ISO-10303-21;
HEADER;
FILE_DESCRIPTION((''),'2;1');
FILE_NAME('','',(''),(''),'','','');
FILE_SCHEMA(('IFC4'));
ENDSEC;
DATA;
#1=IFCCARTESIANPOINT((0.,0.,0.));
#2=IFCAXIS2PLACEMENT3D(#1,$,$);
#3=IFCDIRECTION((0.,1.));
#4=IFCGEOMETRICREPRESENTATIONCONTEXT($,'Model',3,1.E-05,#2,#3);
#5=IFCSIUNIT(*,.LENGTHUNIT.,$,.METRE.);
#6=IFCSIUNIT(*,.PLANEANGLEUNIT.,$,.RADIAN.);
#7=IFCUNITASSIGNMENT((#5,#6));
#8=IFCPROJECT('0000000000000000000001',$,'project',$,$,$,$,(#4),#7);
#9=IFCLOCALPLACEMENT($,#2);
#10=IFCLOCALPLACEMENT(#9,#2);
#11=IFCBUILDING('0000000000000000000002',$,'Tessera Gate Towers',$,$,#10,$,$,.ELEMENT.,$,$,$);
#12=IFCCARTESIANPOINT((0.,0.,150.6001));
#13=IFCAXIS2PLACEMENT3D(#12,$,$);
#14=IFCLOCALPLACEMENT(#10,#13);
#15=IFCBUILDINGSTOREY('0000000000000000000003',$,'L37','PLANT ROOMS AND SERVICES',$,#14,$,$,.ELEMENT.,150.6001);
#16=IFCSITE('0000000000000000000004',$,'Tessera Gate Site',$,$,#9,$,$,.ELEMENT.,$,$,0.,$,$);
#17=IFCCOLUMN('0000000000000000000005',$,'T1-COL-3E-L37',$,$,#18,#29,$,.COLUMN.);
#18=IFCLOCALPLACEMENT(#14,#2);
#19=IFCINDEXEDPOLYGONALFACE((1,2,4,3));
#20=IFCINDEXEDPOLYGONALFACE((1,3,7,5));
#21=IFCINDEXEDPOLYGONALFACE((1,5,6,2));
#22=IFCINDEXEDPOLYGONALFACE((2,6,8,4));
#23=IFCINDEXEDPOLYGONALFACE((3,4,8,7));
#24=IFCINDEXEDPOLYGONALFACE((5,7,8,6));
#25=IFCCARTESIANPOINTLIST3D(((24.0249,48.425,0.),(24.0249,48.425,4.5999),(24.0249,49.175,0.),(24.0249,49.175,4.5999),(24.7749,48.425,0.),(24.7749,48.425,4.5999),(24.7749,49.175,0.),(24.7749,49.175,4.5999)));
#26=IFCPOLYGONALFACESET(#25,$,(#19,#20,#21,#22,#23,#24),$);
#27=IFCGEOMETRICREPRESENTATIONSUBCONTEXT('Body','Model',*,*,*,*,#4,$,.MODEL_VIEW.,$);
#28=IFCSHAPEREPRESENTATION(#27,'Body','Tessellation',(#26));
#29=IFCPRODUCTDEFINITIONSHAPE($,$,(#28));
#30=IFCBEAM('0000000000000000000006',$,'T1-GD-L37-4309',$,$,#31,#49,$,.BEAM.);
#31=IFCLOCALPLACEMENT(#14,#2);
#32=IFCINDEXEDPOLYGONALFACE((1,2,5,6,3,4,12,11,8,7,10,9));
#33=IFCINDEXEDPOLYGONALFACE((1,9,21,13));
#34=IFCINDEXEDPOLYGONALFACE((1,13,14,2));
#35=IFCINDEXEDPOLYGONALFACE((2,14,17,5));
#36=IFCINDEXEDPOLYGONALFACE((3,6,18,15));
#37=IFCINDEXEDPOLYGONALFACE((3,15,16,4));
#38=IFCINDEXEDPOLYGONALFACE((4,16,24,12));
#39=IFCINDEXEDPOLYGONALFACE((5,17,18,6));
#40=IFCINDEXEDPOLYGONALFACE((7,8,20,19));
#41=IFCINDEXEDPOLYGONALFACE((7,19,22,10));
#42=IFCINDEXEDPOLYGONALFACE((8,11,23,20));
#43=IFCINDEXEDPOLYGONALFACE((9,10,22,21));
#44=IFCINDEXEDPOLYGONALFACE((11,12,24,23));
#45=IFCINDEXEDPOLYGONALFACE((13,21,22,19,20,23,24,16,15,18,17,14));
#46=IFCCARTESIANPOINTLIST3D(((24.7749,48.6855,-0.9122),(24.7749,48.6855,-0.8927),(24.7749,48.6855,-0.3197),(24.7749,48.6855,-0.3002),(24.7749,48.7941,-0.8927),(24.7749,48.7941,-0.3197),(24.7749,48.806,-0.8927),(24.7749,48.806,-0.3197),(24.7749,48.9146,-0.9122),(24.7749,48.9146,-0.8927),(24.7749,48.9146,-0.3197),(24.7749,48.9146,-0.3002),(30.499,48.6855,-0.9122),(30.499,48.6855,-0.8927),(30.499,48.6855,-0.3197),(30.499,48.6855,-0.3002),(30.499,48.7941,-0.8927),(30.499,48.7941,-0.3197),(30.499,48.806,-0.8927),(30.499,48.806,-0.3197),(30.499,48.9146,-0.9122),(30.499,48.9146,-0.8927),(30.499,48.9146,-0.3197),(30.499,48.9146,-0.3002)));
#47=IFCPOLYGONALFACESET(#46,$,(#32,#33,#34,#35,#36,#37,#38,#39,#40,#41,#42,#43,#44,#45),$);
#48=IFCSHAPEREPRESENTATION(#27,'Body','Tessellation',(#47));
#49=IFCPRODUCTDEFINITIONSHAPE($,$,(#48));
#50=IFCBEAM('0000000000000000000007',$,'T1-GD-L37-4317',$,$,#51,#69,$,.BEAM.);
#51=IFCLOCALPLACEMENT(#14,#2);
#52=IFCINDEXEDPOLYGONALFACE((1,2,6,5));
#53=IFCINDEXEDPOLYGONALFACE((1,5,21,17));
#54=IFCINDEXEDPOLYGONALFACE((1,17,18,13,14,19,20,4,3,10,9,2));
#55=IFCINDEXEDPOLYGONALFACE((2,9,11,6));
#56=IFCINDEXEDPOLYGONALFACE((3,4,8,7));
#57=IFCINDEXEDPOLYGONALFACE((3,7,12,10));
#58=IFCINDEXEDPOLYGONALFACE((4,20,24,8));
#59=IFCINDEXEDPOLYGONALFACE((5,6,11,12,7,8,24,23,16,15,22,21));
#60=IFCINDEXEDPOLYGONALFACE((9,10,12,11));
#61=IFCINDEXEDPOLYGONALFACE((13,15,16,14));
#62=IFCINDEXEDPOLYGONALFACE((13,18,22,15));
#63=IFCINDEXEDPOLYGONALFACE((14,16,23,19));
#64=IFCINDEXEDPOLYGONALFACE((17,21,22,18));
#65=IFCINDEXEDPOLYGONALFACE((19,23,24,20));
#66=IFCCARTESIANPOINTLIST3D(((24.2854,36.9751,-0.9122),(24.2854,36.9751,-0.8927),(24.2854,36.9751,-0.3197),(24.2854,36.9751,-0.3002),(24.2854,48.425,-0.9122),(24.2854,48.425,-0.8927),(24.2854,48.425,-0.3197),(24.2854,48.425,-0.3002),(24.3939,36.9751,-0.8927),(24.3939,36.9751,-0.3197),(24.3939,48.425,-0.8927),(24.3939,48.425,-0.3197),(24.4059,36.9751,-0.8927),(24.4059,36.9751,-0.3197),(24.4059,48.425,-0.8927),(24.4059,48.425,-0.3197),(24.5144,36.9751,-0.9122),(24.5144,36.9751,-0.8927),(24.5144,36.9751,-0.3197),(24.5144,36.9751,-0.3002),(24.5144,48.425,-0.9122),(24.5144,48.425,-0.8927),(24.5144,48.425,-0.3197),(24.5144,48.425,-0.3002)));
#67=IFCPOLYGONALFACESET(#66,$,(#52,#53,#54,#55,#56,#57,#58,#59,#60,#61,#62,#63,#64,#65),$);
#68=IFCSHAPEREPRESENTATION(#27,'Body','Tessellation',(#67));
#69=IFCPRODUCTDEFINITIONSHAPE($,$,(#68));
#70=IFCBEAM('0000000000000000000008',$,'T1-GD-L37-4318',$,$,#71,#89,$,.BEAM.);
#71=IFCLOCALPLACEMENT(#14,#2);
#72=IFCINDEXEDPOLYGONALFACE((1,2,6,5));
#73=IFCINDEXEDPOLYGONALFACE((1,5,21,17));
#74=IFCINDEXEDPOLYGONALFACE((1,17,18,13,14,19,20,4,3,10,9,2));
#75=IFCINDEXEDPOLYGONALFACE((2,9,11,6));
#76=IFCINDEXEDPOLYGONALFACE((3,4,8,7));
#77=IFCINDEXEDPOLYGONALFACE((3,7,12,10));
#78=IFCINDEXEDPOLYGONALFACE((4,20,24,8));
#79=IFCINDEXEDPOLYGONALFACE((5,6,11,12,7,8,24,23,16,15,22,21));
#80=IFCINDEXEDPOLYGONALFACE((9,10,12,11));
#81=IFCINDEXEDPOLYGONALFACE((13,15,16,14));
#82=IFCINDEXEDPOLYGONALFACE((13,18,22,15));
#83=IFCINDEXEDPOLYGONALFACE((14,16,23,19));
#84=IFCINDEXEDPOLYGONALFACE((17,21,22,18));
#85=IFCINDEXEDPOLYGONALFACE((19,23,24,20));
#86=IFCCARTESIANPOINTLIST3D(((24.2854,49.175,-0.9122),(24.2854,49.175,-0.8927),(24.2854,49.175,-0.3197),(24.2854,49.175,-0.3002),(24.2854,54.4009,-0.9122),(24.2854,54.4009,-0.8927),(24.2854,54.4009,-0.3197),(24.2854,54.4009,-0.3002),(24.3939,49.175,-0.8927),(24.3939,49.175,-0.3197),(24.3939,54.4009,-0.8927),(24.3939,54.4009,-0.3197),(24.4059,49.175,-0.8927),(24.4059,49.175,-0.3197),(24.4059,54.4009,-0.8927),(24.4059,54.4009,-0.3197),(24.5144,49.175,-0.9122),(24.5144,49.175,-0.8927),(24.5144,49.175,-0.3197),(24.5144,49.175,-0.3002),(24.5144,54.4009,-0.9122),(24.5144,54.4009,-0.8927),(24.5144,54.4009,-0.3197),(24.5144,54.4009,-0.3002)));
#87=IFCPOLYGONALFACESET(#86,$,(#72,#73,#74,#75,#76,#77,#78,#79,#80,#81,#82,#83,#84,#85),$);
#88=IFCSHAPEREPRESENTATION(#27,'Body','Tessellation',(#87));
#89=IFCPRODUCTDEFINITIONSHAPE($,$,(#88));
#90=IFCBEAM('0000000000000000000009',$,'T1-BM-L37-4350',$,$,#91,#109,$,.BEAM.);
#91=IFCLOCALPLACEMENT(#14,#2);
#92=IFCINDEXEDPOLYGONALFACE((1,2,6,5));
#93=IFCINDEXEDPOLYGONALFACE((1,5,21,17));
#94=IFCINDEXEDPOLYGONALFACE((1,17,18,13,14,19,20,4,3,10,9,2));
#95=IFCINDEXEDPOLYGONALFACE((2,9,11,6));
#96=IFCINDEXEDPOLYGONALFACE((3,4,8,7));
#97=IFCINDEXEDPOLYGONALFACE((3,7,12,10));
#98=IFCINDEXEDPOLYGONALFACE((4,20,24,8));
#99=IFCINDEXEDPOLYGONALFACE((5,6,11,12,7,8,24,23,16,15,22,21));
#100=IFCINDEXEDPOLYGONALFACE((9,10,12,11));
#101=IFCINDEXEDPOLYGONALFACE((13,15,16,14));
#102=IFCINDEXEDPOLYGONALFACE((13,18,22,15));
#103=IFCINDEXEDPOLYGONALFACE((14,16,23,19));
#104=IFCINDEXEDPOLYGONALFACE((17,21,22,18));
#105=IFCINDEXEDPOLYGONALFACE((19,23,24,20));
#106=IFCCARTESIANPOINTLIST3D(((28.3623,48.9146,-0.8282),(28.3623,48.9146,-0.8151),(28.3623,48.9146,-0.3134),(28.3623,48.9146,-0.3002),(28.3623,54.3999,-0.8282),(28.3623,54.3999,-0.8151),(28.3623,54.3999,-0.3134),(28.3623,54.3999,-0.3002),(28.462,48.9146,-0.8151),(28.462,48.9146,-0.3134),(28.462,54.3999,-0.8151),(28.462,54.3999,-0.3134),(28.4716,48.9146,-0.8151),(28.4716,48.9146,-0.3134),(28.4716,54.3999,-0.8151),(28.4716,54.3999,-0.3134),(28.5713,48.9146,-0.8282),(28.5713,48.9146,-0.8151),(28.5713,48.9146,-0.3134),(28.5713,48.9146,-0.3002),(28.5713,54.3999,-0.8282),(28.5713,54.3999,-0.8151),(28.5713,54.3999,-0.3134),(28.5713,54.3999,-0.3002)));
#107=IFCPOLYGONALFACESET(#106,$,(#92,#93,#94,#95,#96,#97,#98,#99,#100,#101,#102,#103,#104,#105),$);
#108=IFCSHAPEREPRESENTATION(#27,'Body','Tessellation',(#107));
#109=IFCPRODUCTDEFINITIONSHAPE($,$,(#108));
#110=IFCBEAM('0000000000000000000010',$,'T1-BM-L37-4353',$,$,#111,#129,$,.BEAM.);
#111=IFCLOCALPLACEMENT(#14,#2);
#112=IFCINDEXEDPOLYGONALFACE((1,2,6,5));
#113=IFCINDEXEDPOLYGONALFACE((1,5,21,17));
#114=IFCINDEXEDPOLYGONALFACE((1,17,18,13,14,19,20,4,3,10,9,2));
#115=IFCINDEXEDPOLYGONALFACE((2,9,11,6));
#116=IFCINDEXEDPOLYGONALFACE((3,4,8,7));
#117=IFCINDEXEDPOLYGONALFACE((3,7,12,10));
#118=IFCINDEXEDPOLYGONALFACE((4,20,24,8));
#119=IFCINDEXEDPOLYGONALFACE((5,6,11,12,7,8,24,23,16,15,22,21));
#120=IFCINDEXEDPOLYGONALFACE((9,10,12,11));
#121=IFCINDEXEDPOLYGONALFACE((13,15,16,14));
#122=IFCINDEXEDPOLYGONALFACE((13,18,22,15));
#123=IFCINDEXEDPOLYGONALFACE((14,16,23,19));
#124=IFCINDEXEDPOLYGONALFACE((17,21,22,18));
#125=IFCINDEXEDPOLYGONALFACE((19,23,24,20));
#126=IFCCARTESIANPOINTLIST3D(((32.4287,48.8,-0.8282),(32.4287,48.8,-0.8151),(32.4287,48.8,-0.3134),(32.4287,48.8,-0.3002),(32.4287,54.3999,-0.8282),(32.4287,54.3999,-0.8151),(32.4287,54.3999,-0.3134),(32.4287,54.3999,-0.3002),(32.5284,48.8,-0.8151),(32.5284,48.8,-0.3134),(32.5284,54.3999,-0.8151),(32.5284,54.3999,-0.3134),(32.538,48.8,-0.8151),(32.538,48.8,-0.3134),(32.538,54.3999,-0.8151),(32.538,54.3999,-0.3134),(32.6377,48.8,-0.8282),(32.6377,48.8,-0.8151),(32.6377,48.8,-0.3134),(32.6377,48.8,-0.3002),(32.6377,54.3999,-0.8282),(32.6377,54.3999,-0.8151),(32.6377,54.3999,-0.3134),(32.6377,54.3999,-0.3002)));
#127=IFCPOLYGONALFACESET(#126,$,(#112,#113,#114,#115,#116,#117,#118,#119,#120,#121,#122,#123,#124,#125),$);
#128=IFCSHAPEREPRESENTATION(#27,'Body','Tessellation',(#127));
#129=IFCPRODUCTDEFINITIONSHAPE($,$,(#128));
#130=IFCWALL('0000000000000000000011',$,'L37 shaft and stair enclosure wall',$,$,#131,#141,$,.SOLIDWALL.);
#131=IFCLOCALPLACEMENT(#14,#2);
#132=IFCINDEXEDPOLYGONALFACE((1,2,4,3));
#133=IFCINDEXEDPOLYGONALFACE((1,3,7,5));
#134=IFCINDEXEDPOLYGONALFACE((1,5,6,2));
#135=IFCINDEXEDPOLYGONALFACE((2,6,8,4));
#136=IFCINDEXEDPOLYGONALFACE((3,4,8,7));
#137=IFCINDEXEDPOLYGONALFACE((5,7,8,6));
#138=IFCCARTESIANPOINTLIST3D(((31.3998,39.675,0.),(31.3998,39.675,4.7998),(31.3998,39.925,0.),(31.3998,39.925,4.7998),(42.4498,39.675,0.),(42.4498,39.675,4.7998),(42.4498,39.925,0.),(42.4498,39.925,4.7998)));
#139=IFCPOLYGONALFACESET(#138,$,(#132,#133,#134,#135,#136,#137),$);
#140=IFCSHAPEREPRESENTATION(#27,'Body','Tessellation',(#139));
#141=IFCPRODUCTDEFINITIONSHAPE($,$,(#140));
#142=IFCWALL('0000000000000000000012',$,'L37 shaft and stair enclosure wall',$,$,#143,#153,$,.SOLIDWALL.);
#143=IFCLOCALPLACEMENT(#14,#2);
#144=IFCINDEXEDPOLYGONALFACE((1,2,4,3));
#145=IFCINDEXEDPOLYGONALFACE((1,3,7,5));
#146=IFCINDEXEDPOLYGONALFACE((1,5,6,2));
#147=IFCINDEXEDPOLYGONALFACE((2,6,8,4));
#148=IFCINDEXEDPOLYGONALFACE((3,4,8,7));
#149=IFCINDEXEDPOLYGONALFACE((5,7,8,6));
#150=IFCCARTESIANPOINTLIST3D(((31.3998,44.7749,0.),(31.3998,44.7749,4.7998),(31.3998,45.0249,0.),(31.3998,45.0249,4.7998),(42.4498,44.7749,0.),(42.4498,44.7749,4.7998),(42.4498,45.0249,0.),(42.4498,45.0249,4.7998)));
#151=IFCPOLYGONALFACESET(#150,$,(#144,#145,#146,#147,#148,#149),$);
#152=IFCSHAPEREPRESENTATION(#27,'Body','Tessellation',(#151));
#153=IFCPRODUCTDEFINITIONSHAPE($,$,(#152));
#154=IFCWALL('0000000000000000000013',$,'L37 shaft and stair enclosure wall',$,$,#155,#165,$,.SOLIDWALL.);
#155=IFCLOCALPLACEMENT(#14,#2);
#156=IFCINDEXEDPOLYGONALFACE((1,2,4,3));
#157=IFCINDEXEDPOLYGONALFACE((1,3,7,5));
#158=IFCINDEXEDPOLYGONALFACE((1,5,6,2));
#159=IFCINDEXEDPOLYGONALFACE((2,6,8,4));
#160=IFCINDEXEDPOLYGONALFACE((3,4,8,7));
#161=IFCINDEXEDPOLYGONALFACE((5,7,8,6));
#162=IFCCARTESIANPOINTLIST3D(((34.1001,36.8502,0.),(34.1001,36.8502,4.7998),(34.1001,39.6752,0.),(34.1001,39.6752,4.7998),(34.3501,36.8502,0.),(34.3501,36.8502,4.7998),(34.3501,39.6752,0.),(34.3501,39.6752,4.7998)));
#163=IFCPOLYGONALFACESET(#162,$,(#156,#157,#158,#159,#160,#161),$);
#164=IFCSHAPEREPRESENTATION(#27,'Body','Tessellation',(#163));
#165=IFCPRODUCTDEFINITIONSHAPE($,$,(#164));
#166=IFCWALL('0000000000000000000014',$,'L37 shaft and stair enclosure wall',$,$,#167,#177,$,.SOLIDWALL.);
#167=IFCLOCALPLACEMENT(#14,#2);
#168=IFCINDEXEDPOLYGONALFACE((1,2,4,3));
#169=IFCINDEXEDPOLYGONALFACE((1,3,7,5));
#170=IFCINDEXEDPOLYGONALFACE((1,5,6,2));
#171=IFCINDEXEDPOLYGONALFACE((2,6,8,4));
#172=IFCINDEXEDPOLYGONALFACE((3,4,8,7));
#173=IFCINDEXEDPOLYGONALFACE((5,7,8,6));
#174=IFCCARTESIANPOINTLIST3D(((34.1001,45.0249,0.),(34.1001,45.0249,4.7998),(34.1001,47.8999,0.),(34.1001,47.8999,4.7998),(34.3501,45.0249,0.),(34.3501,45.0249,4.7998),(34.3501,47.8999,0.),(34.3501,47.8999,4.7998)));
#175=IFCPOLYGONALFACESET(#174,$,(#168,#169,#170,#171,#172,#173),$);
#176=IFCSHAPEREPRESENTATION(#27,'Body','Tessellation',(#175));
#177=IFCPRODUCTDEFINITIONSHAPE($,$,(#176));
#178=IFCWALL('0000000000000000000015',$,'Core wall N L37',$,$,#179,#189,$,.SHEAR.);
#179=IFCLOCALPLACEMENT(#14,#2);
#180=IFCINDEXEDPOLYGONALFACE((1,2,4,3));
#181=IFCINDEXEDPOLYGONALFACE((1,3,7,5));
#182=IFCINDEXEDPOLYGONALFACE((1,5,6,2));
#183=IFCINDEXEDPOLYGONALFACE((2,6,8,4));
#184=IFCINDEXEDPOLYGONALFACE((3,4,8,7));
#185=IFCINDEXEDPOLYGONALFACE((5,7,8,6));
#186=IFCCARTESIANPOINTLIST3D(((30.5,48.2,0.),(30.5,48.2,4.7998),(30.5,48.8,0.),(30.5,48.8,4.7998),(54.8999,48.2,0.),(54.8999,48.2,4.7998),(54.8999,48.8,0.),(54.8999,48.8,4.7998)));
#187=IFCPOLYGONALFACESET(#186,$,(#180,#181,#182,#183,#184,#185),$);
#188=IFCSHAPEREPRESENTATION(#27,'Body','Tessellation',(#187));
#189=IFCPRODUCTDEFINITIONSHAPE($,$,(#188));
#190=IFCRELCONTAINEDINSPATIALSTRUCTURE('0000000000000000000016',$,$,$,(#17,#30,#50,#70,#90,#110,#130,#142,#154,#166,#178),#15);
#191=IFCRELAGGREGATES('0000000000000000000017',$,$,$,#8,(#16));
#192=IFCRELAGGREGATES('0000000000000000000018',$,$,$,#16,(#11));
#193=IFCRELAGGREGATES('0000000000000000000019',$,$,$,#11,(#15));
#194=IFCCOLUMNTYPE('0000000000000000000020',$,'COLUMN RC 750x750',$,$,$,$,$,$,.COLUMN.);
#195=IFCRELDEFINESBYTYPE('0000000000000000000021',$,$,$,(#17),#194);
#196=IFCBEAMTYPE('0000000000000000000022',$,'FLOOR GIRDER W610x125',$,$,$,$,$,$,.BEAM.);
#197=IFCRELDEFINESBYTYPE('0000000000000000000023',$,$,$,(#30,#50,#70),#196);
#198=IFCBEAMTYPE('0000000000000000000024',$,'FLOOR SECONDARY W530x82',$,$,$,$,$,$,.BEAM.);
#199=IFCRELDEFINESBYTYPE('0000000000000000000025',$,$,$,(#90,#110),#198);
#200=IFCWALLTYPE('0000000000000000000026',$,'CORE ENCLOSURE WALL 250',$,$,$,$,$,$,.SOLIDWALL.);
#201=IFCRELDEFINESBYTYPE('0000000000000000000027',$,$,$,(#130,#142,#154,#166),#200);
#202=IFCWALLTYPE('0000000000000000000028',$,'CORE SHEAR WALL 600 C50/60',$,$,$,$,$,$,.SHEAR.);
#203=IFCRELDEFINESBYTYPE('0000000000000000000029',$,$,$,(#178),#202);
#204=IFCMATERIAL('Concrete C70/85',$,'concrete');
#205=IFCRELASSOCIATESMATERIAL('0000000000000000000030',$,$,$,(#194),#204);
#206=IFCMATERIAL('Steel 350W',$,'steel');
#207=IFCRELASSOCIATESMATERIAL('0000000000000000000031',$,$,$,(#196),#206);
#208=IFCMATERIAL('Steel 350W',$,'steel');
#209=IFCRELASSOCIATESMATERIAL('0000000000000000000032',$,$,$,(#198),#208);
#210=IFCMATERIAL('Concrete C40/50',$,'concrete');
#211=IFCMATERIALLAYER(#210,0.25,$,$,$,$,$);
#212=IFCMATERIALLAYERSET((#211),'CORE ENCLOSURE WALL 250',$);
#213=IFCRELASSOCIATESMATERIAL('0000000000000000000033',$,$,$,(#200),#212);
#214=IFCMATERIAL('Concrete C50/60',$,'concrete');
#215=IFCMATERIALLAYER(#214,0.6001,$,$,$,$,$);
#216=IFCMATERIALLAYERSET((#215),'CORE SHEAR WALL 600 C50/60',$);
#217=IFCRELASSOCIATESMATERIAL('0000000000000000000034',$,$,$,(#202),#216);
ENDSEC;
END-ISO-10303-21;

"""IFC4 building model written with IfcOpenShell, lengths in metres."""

from ifc_helpers import new_model, si_unit, direction, frame, frame_2d, origin, origin_2d, place, context, subcontext, project, spatial, rectangle, i_section, extrude, material, layer, layer_set, material_profile, profile_set, type_object, element, save


model = new_model("IFC4")

# Units and contexts
model_context = context("Model", 3, precision=1e-05, world=origin(), true_north=direction((0.0, 1.0)))
body_context = subcontext(model_context, "Body", "Model", "MODEL_VIEW")
ifc_project = project(units=[si_unit("LENGTHUNIT", "METRE"), si_unit("PLANEANGLEUNIT", "RADIAN")], contexts=[model_context])

# Site, building, storey
site_placement = place(None, origin())
site = spatial("IfcSite", under=ifc_project, at=site_placement, Name="Tessera Gate Site", CompositionType="ELEMENT", RefElevation=0.0)
building_placement = place(site_placement, origin())
building = spatial("IfcBuilding", under=site, at=building_placement, Name="Tessera Gate Towers", CompositionType="ELEMENT")
storey_placement = place(building_placement, frame((0.0, 0.0, 150.6001)))
storey = spatial("IfcBuildingStorey", under=building, at=storey_placement, Name="L37", Description="PLANT ROOMS AND SERVICES", CompositionType="ELEMENT", Elevation=150.6001)

# Column
ifc_material_1 = material(Name="Concrete C70/85", Category="concrete")
ifc_material_profile_1 = material_profile(ifc_material_1, rectangle(XDim=0.75, YDim=0.75, at=origin_2d()), Name="RC 750x750")
ifc_profile_set_1 = profile_set([ifc_material_profile_1], Name="Concrete C70/85")
column_type = type_object("IfcColumnType", Name="COLUMN RC 750x750", PredefinedType="COLUMN", material=ifc_profile_set_1)
column_placement = place(storey_placement, frame((24.3999, 48.8, 0.0), z_axis=(0.0, 0.0, 1.0), x_axis=(1.0, 0.0, 0.0)))
element("IfcColumn", 1, at=column_placement, inside=storey, type_object=column_type, Name="T1-COL-3E-L37", PredefinedType="COLUMN", context=body_context, shape_type="SweptSolid", body=[
    extrude(rectangle(XDim=0.75, YDim=0.75, at=origin_2d()), origin(), (0.0, 0.0, 1.0), 4.5999),
])

# Beams
ifc_material_2 = material(Name="Steel 350W", Category="steel")
ifc_material_profile_2 = material_profile(ifc_material_2, i_section(OverallWidth=0.229, OverallDepth=0.6121, WebThickness=0.012, FlangeThickness=0.0195, at=origin_2d()), Name="W610x125")
ifc_profile_set_2 = profile_set([ifc_material_profile_2], Name="Steel 350W")
beam_type_1 = type_object("IfcBeamType", Name="FLOOR GIRDER W610x125", PredefinedType="BEAM", material=ifc_profile_set_2)
beam_1_placement = place(storey_placement, frame((24.7749, 48.8, -0.6062), z_axis=(1.0, 0.0, 0.0), x_axis=(0.0, 1.0, 0.0)))
element("IfcBeam", 2, at=beam_1_placement, inside=storey, type_object=beam_type_1, Name="T1-GD-L37-4309", PredefinedType="BEAM", context=body_context, shape_type="SweptSolid", body=[
    extrude(i_section(OverallWidth=0.229, OverallDepth=0.6121, WebThickness=0.012, FlangeThickness=0.0195, at=origin_2d()), origin(), (0.0, 0.0, 1.0), 5.7241),
])
beam_2_placement = place(storey_placement, frame((24.3999, 36.9751, -0.6062), z_axis=(0.0, 1.0, 0.0), x_axis=(-1.0, 0.0, 0.0)))
element("IfcBeam", 3, at=beam_2_placement, inside=storey, type_object=beam_type_1, Name="T1-GD-L37-4317", PredefinedType="BEAM", context=body_context, shape_type="SweptSolid", body=[
    extrude(i_section(OverallWidth=0.229, OverallDepth=0.6121, WebThickness=0.012, FlangeThickness=0.0195, at=origin_2d()), origin(), (0.0, 0.0, 1.0), 11.45),
])
beam_3_placement = place(storey_placement, frame((24.3999, 49.175, -0.6062), z_axis=(0.0, 1.0, 0.0), x_axis=(-1.0, 0.0, 0.0)))
element("IfcBeam", 4, at=beam_3_placement, inside=storey, type_object=beam_type_1, Name="T1-GD-L37-4318", PredefinedType="BEAM", context=body_context, shape_type="SweptSolid", body=[
    extrude(i_section(OverallWidth=0.229, OverallDepth=0.6121, WebThickness=0.012, FlangeThickness=0.0195, at=origin_2d()), origin(), (0.0, 0.0, 1.0), 5.2258),
])
ifc_material_3 = material(Name="Steel 350W", Category="steel")
ifc_material_profile_3 = material_profile(ifc_material_3, i_section(OverallWidth=0.209, OverallDepth=0.5281, WebThickness=0.0095, FlangeThickness=0.0132, at=origin_2d()), Name="W530x82")
ifc_profile_set_3 = profile_set([ifc_material_profile_3], Name="Steel 350W")
beam_type_2 = type_object("IfcBeamType", Name="FLOOR SECONDARY W530x82", PredefinedType="BEAM", material=ifc_profile_set_3)
beam_4_placement = place(storey_placement, frame((28.4668, 48.9146, -0.5642), z_axis=(0.0, 1.0, 0.0), x_axis=(-1.0, 0.0, 0.0)))
element("IfcBeam", 5, at=beam_4_placement, inside=storey, type_object=beam_type_2, Name="T1-BM-L37-4350", PredefinedType="BEAM", context=body_context, shape_type="SweptSolid", body=[
    extrude(i_section(OverallWidth=0.209, OverallDepth=0.5281, WebThickness=0.0095, FlangeThickness=0.0132, at=origin_2d()), origin(), (0.0, 0.0, 1.0), 5.4854),
])
beam_5_placement = place(storey_placement, frame((32.5332, 48.8, -0.5642), z_axis=(0.0, 1.0, 0.0), x_axis=(-1.0, 0.0, 0.0)))
element("IfcBeam", 6, at=beam_5_placement, inside=storey, type_object=beam_type_2, Name="T1-BM-L37-4353", PredefinedType="BEAM", context=body_context, shape_type="SweptSolid", body=[
    extrude(i_section(OverallWidth=0.209, OverallDepth=0.5281, WebThickness=0.0095, FlangeThickness=0.0132, at=origin_2d()), origin(), (0.0, 0.0, 1.0), 5.5999),
])

# Walls
ifc_material_4 = material(Name="Concrete C40/50", Category="concrete")
ifc_layer_1 = layer(ifc_material_4, 0.25)
ifc_layer_set_1 = layer_set([ifc_layer_1], Name="CORE ENCLOSURE WALL 250")
wall_type_1 = type_object("IfcWallType", Name="CORE ENCLOSURE WALL 250", PredefinedType="SOLIDWALL", material=ifc_layer_set_1)
for number, where, z_axis, x_axis, name in (
    (7, (31.3999, 39.8, 0.0), (0.0, 0.0, 1.0), (1.0, 0.0, 0.0), "L37 shaft and stair enclosure wall"),
    (8, (31.3999, 44.8999, 0.0), (0.0, 0.0, 1.0), (1.0, 0.0, 0.0), "L37 shaft and stair enclosure wall"),
):
    element("IfcWall", number, at=place(storey_placement, frame(where, z_axis=z_axis, x_axis=x_axis)), inside=storey, type_object=wall_type_1, Name=name, PredefinedType="SOLIDWALL", context=body_context, shape_type="SweptSolid", body=[
        extrude(rectangle(XDim=11.05, YDim=0.25, at=frame_2d((5.5249, 0.0))), origin(), (0.0, 0.0, 1.0), 4.7998),
    ])
wall_1_placement = place(storey_placement, frame((34.2251, 36.8501, 0.0), z_axis=(0.0, 0.0, 1.0), x_axis=(0.0, 1.0, 0.0)))
element("IfcWall", 9, at=wall_1_placement, inside=storey, type_object=wall_type_1, Name="L37 shaft and stair enclosure wall", PredefinedType="SOLIDWALL", context=body_context, shape_type="SweptSolid", body=[
    extrude(rectangle(XDim=2.825, YDim=0.25, at=frame_2d((1.4126, 0.0))), origin(), (0.0, 0.0, 1.0), 4.7998),
])
wall_2_placement = place(storey_placement, frame((34.2251, 45.0249, 0.0), z_axis=(0.0, 0.0, 1.0), x_axis=(0.0, 1.0, 0.0)))
element("IfcWall", 10, at=wall_2_placement, inside=storey, type_object=wall_type_1, Name="L37 shaft and stair enclosure wall", PredefinedType="SOLIDWALL", context=body_context, shape_type="SweptSolid", body=[
    extrude(rectangle(XDim=2.875, YDim=0.25, at=frame_2d((1.4375, 0.0))), origin(), (0.0, 0.0, 1.0), 4.7998),
])
ifc_material_5 = material(Name="Concrete C50/60", Category="concrete")
ifc_layer_2 = layer(ifc_material_5, 0.6001)
ifc_layer_set_2 = layer_set([ifc_layer_2], Name="CORE SHEAR WALL 600 C50/60")
wall_type_2 = type_object("IfcWallType", Name="CORE SHEAR WALL 600 C50/60", PredefinedType="SHEAR", material=ifc_layer_set_2)
wall_3_placement = place(storey_placement, frame((30.5, 48.5, 0.0), z_axis=(0.0, 0.0, 1.0), x_axis=(1.0, 0.0, 0.0)))
element("IfcWall", 11, at=wall_3_placement, inside=storey, type_object=wall_type_2, Name="Core wall N L37", PredefinedType="SHEAR", context=body_context, shape_type="SweptSolid", body=[
    extrude(rectangle(XDim=24.3999, YDim=0.6001, at=frame_2d((12.2, 0.0))), origin(), (0.0, 0.0, 1.0), 4.7998),
])

save(model, "model.ifc")
